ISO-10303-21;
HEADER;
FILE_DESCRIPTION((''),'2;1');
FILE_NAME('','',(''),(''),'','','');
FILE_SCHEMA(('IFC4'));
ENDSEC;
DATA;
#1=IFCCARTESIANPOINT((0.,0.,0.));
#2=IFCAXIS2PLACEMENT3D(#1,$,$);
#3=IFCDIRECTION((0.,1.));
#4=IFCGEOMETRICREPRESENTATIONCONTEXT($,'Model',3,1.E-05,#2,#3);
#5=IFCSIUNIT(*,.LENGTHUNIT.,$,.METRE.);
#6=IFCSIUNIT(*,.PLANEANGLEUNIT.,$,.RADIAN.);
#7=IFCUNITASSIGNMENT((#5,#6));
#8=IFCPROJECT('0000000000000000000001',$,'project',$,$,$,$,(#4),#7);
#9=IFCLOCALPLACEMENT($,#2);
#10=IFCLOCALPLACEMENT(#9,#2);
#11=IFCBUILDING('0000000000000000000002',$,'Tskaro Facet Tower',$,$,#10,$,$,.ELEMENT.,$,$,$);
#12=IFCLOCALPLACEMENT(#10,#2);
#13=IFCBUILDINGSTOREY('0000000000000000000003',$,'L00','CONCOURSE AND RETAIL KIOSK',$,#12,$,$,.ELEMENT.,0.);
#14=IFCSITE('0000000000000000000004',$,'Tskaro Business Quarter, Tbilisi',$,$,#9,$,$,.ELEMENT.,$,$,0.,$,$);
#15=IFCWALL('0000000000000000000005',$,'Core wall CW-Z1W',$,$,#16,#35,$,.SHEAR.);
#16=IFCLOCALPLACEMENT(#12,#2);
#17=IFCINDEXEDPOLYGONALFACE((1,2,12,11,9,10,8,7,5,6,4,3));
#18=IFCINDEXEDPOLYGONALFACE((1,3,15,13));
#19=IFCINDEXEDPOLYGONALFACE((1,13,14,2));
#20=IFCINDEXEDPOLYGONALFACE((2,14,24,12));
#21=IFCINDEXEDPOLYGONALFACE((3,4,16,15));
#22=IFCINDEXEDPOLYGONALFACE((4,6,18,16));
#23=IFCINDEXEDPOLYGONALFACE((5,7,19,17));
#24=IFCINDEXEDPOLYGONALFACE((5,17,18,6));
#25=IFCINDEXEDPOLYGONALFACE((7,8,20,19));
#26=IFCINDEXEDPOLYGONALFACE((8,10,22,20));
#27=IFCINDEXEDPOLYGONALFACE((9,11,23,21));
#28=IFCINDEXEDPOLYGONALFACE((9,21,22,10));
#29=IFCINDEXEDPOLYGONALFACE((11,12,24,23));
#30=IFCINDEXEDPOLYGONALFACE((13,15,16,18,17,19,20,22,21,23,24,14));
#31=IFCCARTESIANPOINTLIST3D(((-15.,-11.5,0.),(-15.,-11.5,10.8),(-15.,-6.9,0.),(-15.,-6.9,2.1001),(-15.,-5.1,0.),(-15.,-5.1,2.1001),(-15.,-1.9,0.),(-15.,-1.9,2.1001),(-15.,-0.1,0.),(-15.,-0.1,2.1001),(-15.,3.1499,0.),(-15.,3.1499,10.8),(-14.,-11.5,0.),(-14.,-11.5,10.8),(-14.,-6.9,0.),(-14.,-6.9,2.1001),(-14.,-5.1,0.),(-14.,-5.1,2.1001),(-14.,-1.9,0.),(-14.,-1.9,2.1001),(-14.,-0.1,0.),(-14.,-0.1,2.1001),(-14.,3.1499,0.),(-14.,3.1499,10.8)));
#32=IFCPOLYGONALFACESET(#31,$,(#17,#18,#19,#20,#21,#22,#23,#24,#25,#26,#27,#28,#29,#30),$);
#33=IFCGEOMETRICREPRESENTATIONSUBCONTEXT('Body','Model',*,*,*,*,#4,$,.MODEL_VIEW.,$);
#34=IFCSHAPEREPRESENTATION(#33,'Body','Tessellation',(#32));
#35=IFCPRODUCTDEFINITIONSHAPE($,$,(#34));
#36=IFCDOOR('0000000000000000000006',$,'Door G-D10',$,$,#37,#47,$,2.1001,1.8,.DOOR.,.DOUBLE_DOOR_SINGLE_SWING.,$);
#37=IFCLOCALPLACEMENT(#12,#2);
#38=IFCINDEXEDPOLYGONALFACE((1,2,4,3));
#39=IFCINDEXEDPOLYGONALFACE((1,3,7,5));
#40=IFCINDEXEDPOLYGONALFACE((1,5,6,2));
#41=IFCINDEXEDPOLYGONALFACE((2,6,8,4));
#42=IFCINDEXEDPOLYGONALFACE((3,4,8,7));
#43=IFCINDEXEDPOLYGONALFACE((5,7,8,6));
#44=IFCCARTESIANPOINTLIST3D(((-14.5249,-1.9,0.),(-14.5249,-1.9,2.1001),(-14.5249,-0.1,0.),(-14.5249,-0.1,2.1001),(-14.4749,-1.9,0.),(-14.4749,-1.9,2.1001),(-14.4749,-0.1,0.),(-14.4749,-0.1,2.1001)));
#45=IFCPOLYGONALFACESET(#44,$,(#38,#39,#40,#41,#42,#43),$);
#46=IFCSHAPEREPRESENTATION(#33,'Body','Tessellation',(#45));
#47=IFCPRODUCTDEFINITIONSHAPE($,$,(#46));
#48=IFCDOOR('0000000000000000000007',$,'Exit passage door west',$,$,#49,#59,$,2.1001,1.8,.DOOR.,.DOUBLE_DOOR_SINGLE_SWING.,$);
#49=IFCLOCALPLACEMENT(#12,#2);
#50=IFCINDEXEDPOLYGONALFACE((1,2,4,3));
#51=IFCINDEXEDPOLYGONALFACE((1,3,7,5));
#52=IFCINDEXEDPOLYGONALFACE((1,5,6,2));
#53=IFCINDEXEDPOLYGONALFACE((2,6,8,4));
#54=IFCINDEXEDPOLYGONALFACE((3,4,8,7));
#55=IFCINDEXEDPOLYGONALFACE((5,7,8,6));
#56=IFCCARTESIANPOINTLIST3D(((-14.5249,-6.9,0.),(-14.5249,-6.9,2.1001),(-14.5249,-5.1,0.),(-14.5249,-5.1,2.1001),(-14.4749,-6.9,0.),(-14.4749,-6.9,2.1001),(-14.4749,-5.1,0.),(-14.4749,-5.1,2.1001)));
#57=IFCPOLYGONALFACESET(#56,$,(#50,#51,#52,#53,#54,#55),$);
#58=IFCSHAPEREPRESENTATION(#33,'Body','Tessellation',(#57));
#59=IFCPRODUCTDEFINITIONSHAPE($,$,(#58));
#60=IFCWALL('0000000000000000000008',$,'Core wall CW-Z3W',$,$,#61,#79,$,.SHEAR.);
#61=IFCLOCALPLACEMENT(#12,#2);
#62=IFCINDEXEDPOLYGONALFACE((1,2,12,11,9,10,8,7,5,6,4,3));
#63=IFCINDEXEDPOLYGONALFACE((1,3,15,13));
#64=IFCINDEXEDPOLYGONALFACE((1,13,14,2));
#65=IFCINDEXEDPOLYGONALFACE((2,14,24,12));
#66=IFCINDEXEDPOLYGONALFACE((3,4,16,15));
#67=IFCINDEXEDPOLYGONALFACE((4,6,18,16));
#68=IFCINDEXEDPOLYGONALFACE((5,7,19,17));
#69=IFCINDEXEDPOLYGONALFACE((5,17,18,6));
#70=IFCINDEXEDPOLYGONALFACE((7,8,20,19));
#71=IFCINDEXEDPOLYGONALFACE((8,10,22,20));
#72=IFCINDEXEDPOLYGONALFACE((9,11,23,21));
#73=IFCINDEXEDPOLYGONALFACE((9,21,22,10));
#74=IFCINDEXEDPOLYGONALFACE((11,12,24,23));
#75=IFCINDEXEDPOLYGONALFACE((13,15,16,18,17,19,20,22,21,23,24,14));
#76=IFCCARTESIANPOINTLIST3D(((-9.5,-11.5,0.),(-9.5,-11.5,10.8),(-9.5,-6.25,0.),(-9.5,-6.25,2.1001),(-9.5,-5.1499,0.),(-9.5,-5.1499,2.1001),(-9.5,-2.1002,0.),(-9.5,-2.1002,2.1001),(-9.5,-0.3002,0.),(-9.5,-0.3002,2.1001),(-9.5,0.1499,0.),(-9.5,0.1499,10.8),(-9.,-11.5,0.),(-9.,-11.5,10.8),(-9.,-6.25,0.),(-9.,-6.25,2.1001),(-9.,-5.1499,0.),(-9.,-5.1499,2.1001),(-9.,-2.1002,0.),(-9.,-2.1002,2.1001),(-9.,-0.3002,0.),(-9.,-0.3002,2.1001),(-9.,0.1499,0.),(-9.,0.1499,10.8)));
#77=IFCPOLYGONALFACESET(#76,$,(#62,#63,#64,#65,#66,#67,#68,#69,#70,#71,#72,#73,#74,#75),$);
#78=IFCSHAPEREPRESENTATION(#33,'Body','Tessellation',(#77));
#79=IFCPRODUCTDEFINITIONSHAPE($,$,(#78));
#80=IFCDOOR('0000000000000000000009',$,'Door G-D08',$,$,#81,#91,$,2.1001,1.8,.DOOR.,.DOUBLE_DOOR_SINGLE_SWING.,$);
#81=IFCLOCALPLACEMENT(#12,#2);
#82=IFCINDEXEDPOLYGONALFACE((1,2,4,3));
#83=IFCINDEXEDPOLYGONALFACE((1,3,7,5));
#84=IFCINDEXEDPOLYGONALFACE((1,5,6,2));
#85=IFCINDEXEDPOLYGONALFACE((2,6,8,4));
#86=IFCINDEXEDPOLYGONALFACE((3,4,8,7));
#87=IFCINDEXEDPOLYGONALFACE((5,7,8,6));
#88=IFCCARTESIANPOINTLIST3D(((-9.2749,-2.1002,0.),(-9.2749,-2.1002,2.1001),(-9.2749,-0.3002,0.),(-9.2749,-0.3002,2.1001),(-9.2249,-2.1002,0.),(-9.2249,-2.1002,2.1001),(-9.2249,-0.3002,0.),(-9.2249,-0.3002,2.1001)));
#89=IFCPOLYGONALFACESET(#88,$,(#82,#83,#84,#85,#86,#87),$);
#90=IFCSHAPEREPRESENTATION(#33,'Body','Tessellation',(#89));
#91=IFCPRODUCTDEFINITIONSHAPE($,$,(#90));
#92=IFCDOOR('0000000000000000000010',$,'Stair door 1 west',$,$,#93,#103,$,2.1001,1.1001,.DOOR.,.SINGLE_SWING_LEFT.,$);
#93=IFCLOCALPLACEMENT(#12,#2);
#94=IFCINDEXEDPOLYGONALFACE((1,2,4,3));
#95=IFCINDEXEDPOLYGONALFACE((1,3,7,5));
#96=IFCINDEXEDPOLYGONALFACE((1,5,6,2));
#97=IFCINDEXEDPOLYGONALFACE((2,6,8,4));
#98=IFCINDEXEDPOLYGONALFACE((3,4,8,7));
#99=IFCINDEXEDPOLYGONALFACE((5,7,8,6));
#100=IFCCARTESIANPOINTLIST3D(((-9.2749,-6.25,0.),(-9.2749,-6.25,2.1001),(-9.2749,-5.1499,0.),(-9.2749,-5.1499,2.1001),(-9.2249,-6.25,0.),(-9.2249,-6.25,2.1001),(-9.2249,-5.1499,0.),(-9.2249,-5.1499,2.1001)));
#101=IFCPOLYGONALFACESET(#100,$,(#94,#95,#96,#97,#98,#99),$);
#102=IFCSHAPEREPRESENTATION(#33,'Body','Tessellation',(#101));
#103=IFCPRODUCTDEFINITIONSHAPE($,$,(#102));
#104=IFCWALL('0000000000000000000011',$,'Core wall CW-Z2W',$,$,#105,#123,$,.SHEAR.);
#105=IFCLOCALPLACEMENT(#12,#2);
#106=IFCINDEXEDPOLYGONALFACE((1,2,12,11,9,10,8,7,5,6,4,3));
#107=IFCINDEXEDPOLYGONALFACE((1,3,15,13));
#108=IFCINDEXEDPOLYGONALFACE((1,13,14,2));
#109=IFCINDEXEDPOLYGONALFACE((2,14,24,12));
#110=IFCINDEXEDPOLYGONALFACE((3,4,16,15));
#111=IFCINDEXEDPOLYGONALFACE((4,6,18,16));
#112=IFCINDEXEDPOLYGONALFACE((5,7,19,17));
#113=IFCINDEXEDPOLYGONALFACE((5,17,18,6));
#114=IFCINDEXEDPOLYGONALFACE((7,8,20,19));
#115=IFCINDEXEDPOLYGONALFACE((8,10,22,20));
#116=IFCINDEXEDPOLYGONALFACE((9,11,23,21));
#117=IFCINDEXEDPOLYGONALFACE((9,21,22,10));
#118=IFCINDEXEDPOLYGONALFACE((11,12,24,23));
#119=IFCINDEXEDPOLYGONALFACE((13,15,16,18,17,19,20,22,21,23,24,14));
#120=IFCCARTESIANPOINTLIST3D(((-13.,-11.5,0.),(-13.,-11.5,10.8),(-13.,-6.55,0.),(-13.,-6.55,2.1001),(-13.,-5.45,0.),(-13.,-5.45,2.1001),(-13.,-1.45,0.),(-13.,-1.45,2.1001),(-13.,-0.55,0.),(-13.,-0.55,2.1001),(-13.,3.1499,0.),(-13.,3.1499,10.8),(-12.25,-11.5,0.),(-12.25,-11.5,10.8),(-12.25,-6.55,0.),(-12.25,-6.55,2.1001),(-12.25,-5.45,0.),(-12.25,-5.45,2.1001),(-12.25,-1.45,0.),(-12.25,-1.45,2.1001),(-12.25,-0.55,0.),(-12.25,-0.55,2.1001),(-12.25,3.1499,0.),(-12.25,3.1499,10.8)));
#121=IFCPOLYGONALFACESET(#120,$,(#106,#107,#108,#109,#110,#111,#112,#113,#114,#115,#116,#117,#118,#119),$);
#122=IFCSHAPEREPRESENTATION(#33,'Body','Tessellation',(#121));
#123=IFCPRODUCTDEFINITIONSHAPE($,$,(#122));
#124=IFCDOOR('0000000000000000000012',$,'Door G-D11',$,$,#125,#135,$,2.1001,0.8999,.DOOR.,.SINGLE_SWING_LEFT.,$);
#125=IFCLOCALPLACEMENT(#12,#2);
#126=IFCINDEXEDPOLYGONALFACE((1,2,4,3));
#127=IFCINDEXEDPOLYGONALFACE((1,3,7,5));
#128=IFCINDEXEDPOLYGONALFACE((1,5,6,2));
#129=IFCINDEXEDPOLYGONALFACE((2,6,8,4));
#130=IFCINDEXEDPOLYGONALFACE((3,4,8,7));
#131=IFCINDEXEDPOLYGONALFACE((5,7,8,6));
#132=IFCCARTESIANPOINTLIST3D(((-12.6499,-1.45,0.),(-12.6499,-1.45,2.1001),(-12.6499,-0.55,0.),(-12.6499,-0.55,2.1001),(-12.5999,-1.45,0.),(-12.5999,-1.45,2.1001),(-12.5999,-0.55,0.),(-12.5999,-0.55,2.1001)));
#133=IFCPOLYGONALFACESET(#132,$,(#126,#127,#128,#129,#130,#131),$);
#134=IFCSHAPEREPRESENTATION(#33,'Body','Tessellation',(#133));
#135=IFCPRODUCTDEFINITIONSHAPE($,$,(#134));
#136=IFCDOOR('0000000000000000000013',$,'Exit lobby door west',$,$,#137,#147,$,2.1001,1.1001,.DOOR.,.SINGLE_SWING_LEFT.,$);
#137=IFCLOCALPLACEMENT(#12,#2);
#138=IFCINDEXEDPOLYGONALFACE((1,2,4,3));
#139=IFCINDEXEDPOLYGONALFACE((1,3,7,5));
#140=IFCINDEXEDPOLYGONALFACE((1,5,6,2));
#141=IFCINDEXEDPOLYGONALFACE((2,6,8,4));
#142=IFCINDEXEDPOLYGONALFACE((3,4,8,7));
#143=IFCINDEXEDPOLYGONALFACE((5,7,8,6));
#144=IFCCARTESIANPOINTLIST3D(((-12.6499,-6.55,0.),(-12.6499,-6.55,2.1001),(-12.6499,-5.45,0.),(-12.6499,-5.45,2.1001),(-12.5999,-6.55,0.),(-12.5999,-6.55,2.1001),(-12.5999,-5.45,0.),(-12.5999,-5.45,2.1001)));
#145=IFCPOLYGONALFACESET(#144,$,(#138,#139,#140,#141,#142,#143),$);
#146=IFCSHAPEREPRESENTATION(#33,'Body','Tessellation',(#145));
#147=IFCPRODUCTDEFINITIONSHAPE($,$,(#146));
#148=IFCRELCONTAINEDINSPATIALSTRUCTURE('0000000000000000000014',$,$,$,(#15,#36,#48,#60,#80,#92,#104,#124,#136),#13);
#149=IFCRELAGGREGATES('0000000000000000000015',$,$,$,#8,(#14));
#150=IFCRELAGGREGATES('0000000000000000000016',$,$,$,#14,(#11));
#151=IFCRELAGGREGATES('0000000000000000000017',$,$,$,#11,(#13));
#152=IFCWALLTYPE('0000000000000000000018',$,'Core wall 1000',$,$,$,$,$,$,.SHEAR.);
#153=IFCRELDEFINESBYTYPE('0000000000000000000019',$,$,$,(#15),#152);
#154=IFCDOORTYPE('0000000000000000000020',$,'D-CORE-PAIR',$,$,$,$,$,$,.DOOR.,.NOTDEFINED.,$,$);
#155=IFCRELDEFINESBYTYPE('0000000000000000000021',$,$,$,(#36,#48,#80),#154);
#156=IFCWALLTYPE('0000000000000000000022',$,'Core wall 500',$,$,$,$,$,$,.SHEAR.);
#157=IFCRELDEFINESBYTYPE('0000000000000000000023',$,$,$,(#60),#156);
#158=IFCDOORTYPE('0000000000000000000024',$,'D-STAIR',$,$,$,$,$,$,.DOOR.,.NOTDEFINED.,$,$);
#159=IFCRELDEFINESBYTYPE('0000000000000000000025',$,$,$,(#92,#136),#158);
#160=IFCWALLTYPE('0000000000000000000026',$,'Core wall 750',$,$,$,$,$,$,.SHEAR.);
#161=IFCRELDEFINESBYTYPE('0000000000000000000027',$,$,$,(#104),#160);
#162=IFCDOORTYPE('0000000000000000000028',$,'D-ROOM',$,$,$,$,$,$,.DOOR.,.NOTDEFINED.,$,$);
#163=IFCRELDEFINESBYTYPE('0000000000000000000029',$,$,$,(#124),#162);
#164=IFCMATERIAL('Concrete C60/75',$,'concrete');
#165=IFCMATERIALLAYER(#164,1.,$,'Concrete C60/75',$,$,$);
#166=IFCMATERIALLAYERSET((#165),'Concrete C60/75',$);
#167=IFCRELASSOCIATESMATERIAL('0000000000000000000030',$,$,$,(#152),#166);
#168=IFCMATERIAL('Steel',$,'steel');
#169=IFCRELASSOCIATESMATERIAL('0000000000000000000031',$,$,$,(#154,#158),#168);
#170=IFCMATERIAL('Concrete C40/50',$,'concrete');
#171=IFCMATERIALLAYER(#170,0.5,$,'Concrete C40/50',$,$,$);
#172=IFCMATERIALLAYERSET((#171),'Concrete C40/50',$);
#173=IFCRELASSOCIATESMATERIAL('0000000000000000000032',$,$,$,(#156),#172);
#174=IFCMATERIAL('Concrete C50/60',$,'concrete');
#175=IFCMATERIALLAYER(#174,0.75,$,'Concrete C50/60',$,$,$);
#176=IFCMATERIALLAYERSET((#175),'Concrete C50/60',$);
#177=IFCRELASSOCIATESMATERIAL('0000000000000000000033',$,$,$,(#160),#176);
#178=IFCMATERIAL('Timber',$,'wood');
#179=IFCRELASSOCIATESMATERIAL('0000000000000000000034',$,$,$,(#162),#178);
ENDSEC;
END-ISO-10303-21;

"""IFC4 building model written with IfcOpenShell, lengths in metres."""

from ifc_helpers import new_model, si_unit, direction, frame, frame_2d, origin, place, context, subcontext, project, spatial, rectangle, extrude, material, layer, layer_set, type_object, element, fill, save


model = new_model("IFC4")

# Units and contexts
model_context = context("Model", 3, precision=1e-05, world=origin(), true_north=direction((0.0, 1.0)))
body_context = subcontext(model_context, "Body", "Model", "MODEL_VIEW")
ifc_project = project(units=[si_unit("LENGTHUNIT", "METRE"), si_unit("PLANEANGLEUNIT", "RADIAN")], contexts=[model_context])

# Site, building, storey
site_placement = place(None, origin())
site = spatial("IfcSite", under=ifc_project, at=site_placement, Name="Tskaro Business Quarter, Tbilisi", CompositionType="ELEMENT", RefElevation=0.0)
building_placement = place(site_placement, origin())
building = spatial("IfcBuilding", under=site, at=building_placement, Name="Tskaro Facet Tower", CompositionType="ELEMENT")
storey_placement = place(building_placement, origin())
storey = spatial("IfcBuildingStorey", under=building, at=storey_placement, Name="L00", Description="CONCOURSE AND RETAIL KIOSK", CompositionType="ELEMENT", Elevation=0.0)

# Shared definitions
ifc_material_1 = material(Name="Concrete C60/75", Category="concrete")

# Walls, openings, doors
ifc_layer_1 = layer(ifc_material_1, 1.0, Name="Concrete C60/75")
ifc_layer_set_1 = layer_set([ifc_layer_1], Name="Concrete C60/75")
wall_type_1 = type_object("IfcWallType", Name="Core wall 1000", PredefinedType="SHEAR", material=ifc_layer_set_1)
wall_1_placement = place(storey_placement, frame((-14.5, -11.5, 0.0), z_axis=(0.0, 0.0, 1.0), x_axis=(0.0, 1.0, 0.0)))
wall_1 = element("IfcWall", 1, at=wall_1_placement, inside=storey, type_object=wall_type_1, Name="Core wall CW-Z1W", PredefinedType="SHEAR", context=body_context, shape_type="SweptSolid", body=[
    extrude(rectangle(XDim=14.6499, YDim=1.0, at=frame_2d((7.325, 0.0))), origin(), (0.0, 0.0, 1.0), 10.8),
])
opening_1_placement = place(wall_1_placement, frame((9.6001, 0.0, 0.0)))
opening_1 = element("IfcOpeningElement", 2, at=opening_1_placement, cuts=wall_1, PredefinedType="OPENING", context=body_context, shape_type="SweptSolid", body=[
    extrude(rectangle(XDim=1.8, YDim=2.1001, at=frame_2d((0.8999, 1.05))), frame((0.0, 0.51, 0.0), z_axis=(0.0, -1.0, 0.0), x_axis=(1.0, 0.0, 0.0)), (0.0, 0.0, 1.0), 1.02),
])
opening_2_placement = place(wall_1_placement, frame((4.6001, 0.0, 0.0)))
opening_2 = element("IfcOpeningElement", 3, at=opening_2_placement, cuts=wall_1, PredefinedType="OPENING", context=body_context, shape_type="SweptSolid", body=[
    extrude(rectangle(XDim=1.8, YDim=2.1001, at=frame_2d((0.8999, 1.05))), frame((0.0, 0.51, 0.0), z_axis=(0.0, -1.0, 0.0), x_axis=(1.0, 0.0, 0.0)), (0.0, 0.0, 1.0), 1.02),
])
ifc_material_2 = material(Name="Steel", Category="steel")
door_type_1 = type_object("IfcDoorType", Name="D-CORE-PAIR", OperationType="NOTDEFINED", PredefinedType="DOOR", material=ifc_material_2)
door_1_placement = place(opening_1_placement, origin())
door_1 = element("IfcDoor", 4, at=door_1_placement, inside=storey, type_object=door_type_1, Name="Door G-D10", OperationType="DOUBLE_DOOR_SINGLE_SWING", OverallHeight=2.1001, OverallWidth=1.8, PredefinedType="DOOR", context=body_context, shape_type="SweptSolid", body=[
    extrude(rectangle(XDim=1.8, YDim=2.1001, at=frame_2d((0.8999, 1.05))), frame((0.0, 0.0249, 0.0), z_axis=(0.0, -1.0, 0.0), x_axis=(1.0, 0.0, 0.0)), (0.0, 0.0, 1.0), 0.05),
])
fill(opening_1, door_1)
door_2_placement = place(opening_2_placement, origin())
door_2 = element("IfcDoor", 5, at=door_2_placement, inside=storey, type_object=door_type_1, Name="Exit passage door west", OperationType="DOUBLE_DOOR_SINGLE_SWING", OverallHeight=2.1001, OverallWidth=1.8, PredefinedType="DOOR", context=body_context, shape_type="SweptSolid", body=[
    extrude(rectangle(XDim=1.8, YDim=2.1001, at=frame_2d((0.8999, 1.05))), frame((0.0, 0.0249, 0.0), z_axis=(0.0, -1.0, 0.0), x_axis=(1.0, 0.0, 0.0)), (0.0, 0.0, 1.0), 0.05),
])
fill(opening_2, door_2)
ifc_material_3 = material(Name="Concrete C40/50", Category="concrete")
ifc_layer_2 = layer(ifc_material_3, 0.5, Name="Concrete C40/50")
ifc_layer_set_2 = layer_set([ifc_layer_2], Name="Concrete C40/50")
wall_type_2 = type_object("IfcWallType", Name="Core wall 500", PredefinedType="SHEAR", material=ifc_layer_set_2)
wall_2_placement = place(storey_placement, frame((-9.25, -11.5, 0.0), z_axis=(0.0, 0.0, 1.0), x_axis=(0.0, 1.0, 0.0)))
wall_2 = element("IfcWall", 6, at=wall_2_placement, inside=storey, type_object=wall_type_2, Name="Core wall CW-Z3W", PredefinedType="SHEAR", context=body_context, shape_type="SweptSolid", body=[
    extrude(rectangle(XDim=11.6499, YDim=0.5, at=frame_2d((5.825, 0.0))), origin(), (0.0, 0.0, 1.0), 10.8),
])
opening_3_placement = place(wall_2_placement, frame((9.3999, 0.0, 0.0)))
opening_3 = element("IfcOpeningElement", 7, at=opening_3_placement, cuts=wall_2, PredefinedType="OPENING", context=body_context, shape_type="SweptSolid", body=[
    extrude(rectangle(XDim=1.8, YDim=2.1001, at=frame_2d((0.8999, 1.05))), frame((0.0, 0.26, 0.0), z_axis=(0.0, -1.0, 0.0), x_axis=(1.0, 0.0, 0.0)), (0.0, 0.0, 1.0), 0.52),
])
opening_4_placement = place(wall_2_placement, frame((5.25, 0.0, 0.0)))
opening_4 = element("IfcOpeningElement", 8, at=opening_4_placement, cuts=wall_2, PredefinedType="OPENING", context=body_context, shape_type="SweptSolid", body=[
    extrude(rectangle(XDim=1.1001, YDim=2.1001, at=frame_2d((0.55, 1.05))), frame((0.0, 0.26, 0.0), z_axis=(0.0, -1.0, 0.0), x_axis=(1.0, 0.0, 0.0)), (0.0, 0.0, 1.0), 0.52),
])
door_3_placement = place(opening_3_placement, origin())
door_3 = element("IfcDoor", 9, at=door_3_placement, inside=storey, type_object=door_type_1, Name="Door G-D08", OperationType="DOUBLE_DOOR_SINGLE_SWING", OverallHeight=2.1001, OverallWidth=1.8, PredefinedType="DOOR", context=body_context, shape_type="SweptSolid", body=[
    extrude(rectangle(XDim=1.8, YDim=2.1001, at=frame_2d((0.8999, 1.05))), frame((0.0, 0.0249, 0.0), z_axis=(0.0, -1.0, 0.0), x_axis=(1.0, 0.0, 0.0)), (0.0, 0.0, 1.0), 0.05),
])
fill(opening_3, door_3)
door_type_2 = type_object("IfcDoorType", Name="D-STAIR", OperationType="NOTDEFINED", PredefinedType="DOOR", material=ifc_material_2)
door_4_placement = place(opening_4_placement, origin())
door_4 = element("IfcDoor", 10, at=door_4_placement, inside=storey, type_object=door_type_2, Name="Stair door 1 west", OperationType="SINGLE_SWING_LEFT", OverallHeight=2.1001, OverallWidth=1.1001, PredefinedType="DOOR", context=body_context, shape_type="SweptSolid", body=[
    extrude(rectangle(XDim=1.1001, YDim=2.1001, at=frame_2d((0.55, 1.05))), frame((0.0, 0.0249, 0.0), z_axis=(0.0, -1.0, 0.0), x_axis=(1.0, 0.0, 0.0)), (0.0, 0.0, 1.0), 0.05),
])
fill(opening_4, door_4)
ifc_material_4 = material(Name="Concrete C50/60", Category="concrete")
ifc_layer_3 = layer(ifc_material_4, 0.75, Name="Concrete C50/60")
ifc_layer_set_3 = layer_set([ifc_layer_3], Name="Concrete C50/60")
wall_type_3 = type_object("IfcWallType", Name="Core wall 750", PredefinedType="SHEAR", material=ifc_layer_set_3)
wall_3_placement = place(storey_placement, frame((-12.625, -11.5, 0.0), z_axis=(0.0, 0.0, 1.0), x_axis=(0.0, 1.0, 0.0)))
wall_3 = element("IfcWall", 11, at=wall_3_placement, inside=storey, type_object=wall_type_3, Name="Core wall CW-Z2W", PredefinedType="SHEAR", context=body_context, shape_type="SweptSolid", body=[
    extrude(rectangle(XDim=14.6499, YDim=0.75, at=frame_2d((7.325, 0.0))), origin(), (0.0, 0.0, 1.0), 10.8),
])
opening_5_placement = place(wall_3_placement, frame((4.95, 0.0, 0.0)))
opening_5 = element("IfcOpeningElement", 12, at=opening_5_placement, cuts=wall_3, PredefinedType="OPENING", context=body_context, shape_type="SweptSolid", body=[
    extrude(rectangle(XDim=1.1001, YDim=2.1001, at=frame_2d((0.55, 1.05))), frame((0.0, 0.385, 0.0), z_axis=(0.0, -1.0, 0.0), x_axis=(1.0, 0.0, 0.0)), (0.0, 0.0, 1.0), 0.77),
])
opening_6_placement = place(wall_3_placement, frame((10.05, 0.0, 0.0)))
opening_6 = element("IfcOpeningElement", 13, at=opening_6_placement, cuts=wall_3, PredefinedType="OPENING", context=body_context, shape_type="SweptSolid", body=[
    extrude(rectangle(XDim=0.8999, YDim=2.1001, at=frame_2d((0.45, 1.05))), frame((0.0, 0.385, 0.0), z_axis=(0.0, -1.0, 0.0), x_axis=(1.0, 0.0, 0.0)), (0.0, 0.0, 1.0), 0.77),
])
ifc_material_5 = material(Name="Timber", Category="wood")
door_type_3 = type_object("IfcDoorType", Name="D-ROOM", OperationType="NOTDEFINED", PredefinedType="DOOR", material=ifc_material_5)
door_5_placement = place(opening_6_placement, origin())
door_5 = element("IfcDoor", 14, at=door_5_placement, inside=storey, type_object=door_type_3, Name="Door G-D11", OperationType="SINGLE_SWING_LEFT", OverallHeight=2.1001, OverallWidth=0.8999, PredefinedType="DOOR", context=body_context, shape_type="SweptSolid", body=[
    extrude(rectangle(XDim=0.8999, YDim=2.1001, at=frame_2d((0.45, 1.05))), frame((0.0, 0.0249, 0.0), z_axis=(0.0, -1.0, 0.0), x_axis=(1.0, 0.0, 0.0)), (0.0, 0.0, 1.0), 0.05),
])
fill(opening_6, door_5)
door_6_placement = place(opening_5_placement, origin())
door_6 = element("IfcDoor", 15, at=door_6_placement, inside=storey, type_object=door_type_2, Name="Exit lobby door west", OperationType="SINGLE_SWING_LEFT", OverallHeight=2.1001, OverallWidth=1.1001, PredefinedType="DOOR", context=body_context, shape_type="SweptSolid", body=[
    extrude(rectangle(XDim=1.1001, YDim=2.1001, at=frame_2d((0.55, 1.05))), frame((0.0, 0.0249, 0.0), z_axis=(0.0, -1.0, 0.0), x_axis=(1.0, 0.0, 0.0)), (0.0, 0.0, 1.0), 0.05),
])
fill(opening_5, door_6)

save(model, "model.ifc")
